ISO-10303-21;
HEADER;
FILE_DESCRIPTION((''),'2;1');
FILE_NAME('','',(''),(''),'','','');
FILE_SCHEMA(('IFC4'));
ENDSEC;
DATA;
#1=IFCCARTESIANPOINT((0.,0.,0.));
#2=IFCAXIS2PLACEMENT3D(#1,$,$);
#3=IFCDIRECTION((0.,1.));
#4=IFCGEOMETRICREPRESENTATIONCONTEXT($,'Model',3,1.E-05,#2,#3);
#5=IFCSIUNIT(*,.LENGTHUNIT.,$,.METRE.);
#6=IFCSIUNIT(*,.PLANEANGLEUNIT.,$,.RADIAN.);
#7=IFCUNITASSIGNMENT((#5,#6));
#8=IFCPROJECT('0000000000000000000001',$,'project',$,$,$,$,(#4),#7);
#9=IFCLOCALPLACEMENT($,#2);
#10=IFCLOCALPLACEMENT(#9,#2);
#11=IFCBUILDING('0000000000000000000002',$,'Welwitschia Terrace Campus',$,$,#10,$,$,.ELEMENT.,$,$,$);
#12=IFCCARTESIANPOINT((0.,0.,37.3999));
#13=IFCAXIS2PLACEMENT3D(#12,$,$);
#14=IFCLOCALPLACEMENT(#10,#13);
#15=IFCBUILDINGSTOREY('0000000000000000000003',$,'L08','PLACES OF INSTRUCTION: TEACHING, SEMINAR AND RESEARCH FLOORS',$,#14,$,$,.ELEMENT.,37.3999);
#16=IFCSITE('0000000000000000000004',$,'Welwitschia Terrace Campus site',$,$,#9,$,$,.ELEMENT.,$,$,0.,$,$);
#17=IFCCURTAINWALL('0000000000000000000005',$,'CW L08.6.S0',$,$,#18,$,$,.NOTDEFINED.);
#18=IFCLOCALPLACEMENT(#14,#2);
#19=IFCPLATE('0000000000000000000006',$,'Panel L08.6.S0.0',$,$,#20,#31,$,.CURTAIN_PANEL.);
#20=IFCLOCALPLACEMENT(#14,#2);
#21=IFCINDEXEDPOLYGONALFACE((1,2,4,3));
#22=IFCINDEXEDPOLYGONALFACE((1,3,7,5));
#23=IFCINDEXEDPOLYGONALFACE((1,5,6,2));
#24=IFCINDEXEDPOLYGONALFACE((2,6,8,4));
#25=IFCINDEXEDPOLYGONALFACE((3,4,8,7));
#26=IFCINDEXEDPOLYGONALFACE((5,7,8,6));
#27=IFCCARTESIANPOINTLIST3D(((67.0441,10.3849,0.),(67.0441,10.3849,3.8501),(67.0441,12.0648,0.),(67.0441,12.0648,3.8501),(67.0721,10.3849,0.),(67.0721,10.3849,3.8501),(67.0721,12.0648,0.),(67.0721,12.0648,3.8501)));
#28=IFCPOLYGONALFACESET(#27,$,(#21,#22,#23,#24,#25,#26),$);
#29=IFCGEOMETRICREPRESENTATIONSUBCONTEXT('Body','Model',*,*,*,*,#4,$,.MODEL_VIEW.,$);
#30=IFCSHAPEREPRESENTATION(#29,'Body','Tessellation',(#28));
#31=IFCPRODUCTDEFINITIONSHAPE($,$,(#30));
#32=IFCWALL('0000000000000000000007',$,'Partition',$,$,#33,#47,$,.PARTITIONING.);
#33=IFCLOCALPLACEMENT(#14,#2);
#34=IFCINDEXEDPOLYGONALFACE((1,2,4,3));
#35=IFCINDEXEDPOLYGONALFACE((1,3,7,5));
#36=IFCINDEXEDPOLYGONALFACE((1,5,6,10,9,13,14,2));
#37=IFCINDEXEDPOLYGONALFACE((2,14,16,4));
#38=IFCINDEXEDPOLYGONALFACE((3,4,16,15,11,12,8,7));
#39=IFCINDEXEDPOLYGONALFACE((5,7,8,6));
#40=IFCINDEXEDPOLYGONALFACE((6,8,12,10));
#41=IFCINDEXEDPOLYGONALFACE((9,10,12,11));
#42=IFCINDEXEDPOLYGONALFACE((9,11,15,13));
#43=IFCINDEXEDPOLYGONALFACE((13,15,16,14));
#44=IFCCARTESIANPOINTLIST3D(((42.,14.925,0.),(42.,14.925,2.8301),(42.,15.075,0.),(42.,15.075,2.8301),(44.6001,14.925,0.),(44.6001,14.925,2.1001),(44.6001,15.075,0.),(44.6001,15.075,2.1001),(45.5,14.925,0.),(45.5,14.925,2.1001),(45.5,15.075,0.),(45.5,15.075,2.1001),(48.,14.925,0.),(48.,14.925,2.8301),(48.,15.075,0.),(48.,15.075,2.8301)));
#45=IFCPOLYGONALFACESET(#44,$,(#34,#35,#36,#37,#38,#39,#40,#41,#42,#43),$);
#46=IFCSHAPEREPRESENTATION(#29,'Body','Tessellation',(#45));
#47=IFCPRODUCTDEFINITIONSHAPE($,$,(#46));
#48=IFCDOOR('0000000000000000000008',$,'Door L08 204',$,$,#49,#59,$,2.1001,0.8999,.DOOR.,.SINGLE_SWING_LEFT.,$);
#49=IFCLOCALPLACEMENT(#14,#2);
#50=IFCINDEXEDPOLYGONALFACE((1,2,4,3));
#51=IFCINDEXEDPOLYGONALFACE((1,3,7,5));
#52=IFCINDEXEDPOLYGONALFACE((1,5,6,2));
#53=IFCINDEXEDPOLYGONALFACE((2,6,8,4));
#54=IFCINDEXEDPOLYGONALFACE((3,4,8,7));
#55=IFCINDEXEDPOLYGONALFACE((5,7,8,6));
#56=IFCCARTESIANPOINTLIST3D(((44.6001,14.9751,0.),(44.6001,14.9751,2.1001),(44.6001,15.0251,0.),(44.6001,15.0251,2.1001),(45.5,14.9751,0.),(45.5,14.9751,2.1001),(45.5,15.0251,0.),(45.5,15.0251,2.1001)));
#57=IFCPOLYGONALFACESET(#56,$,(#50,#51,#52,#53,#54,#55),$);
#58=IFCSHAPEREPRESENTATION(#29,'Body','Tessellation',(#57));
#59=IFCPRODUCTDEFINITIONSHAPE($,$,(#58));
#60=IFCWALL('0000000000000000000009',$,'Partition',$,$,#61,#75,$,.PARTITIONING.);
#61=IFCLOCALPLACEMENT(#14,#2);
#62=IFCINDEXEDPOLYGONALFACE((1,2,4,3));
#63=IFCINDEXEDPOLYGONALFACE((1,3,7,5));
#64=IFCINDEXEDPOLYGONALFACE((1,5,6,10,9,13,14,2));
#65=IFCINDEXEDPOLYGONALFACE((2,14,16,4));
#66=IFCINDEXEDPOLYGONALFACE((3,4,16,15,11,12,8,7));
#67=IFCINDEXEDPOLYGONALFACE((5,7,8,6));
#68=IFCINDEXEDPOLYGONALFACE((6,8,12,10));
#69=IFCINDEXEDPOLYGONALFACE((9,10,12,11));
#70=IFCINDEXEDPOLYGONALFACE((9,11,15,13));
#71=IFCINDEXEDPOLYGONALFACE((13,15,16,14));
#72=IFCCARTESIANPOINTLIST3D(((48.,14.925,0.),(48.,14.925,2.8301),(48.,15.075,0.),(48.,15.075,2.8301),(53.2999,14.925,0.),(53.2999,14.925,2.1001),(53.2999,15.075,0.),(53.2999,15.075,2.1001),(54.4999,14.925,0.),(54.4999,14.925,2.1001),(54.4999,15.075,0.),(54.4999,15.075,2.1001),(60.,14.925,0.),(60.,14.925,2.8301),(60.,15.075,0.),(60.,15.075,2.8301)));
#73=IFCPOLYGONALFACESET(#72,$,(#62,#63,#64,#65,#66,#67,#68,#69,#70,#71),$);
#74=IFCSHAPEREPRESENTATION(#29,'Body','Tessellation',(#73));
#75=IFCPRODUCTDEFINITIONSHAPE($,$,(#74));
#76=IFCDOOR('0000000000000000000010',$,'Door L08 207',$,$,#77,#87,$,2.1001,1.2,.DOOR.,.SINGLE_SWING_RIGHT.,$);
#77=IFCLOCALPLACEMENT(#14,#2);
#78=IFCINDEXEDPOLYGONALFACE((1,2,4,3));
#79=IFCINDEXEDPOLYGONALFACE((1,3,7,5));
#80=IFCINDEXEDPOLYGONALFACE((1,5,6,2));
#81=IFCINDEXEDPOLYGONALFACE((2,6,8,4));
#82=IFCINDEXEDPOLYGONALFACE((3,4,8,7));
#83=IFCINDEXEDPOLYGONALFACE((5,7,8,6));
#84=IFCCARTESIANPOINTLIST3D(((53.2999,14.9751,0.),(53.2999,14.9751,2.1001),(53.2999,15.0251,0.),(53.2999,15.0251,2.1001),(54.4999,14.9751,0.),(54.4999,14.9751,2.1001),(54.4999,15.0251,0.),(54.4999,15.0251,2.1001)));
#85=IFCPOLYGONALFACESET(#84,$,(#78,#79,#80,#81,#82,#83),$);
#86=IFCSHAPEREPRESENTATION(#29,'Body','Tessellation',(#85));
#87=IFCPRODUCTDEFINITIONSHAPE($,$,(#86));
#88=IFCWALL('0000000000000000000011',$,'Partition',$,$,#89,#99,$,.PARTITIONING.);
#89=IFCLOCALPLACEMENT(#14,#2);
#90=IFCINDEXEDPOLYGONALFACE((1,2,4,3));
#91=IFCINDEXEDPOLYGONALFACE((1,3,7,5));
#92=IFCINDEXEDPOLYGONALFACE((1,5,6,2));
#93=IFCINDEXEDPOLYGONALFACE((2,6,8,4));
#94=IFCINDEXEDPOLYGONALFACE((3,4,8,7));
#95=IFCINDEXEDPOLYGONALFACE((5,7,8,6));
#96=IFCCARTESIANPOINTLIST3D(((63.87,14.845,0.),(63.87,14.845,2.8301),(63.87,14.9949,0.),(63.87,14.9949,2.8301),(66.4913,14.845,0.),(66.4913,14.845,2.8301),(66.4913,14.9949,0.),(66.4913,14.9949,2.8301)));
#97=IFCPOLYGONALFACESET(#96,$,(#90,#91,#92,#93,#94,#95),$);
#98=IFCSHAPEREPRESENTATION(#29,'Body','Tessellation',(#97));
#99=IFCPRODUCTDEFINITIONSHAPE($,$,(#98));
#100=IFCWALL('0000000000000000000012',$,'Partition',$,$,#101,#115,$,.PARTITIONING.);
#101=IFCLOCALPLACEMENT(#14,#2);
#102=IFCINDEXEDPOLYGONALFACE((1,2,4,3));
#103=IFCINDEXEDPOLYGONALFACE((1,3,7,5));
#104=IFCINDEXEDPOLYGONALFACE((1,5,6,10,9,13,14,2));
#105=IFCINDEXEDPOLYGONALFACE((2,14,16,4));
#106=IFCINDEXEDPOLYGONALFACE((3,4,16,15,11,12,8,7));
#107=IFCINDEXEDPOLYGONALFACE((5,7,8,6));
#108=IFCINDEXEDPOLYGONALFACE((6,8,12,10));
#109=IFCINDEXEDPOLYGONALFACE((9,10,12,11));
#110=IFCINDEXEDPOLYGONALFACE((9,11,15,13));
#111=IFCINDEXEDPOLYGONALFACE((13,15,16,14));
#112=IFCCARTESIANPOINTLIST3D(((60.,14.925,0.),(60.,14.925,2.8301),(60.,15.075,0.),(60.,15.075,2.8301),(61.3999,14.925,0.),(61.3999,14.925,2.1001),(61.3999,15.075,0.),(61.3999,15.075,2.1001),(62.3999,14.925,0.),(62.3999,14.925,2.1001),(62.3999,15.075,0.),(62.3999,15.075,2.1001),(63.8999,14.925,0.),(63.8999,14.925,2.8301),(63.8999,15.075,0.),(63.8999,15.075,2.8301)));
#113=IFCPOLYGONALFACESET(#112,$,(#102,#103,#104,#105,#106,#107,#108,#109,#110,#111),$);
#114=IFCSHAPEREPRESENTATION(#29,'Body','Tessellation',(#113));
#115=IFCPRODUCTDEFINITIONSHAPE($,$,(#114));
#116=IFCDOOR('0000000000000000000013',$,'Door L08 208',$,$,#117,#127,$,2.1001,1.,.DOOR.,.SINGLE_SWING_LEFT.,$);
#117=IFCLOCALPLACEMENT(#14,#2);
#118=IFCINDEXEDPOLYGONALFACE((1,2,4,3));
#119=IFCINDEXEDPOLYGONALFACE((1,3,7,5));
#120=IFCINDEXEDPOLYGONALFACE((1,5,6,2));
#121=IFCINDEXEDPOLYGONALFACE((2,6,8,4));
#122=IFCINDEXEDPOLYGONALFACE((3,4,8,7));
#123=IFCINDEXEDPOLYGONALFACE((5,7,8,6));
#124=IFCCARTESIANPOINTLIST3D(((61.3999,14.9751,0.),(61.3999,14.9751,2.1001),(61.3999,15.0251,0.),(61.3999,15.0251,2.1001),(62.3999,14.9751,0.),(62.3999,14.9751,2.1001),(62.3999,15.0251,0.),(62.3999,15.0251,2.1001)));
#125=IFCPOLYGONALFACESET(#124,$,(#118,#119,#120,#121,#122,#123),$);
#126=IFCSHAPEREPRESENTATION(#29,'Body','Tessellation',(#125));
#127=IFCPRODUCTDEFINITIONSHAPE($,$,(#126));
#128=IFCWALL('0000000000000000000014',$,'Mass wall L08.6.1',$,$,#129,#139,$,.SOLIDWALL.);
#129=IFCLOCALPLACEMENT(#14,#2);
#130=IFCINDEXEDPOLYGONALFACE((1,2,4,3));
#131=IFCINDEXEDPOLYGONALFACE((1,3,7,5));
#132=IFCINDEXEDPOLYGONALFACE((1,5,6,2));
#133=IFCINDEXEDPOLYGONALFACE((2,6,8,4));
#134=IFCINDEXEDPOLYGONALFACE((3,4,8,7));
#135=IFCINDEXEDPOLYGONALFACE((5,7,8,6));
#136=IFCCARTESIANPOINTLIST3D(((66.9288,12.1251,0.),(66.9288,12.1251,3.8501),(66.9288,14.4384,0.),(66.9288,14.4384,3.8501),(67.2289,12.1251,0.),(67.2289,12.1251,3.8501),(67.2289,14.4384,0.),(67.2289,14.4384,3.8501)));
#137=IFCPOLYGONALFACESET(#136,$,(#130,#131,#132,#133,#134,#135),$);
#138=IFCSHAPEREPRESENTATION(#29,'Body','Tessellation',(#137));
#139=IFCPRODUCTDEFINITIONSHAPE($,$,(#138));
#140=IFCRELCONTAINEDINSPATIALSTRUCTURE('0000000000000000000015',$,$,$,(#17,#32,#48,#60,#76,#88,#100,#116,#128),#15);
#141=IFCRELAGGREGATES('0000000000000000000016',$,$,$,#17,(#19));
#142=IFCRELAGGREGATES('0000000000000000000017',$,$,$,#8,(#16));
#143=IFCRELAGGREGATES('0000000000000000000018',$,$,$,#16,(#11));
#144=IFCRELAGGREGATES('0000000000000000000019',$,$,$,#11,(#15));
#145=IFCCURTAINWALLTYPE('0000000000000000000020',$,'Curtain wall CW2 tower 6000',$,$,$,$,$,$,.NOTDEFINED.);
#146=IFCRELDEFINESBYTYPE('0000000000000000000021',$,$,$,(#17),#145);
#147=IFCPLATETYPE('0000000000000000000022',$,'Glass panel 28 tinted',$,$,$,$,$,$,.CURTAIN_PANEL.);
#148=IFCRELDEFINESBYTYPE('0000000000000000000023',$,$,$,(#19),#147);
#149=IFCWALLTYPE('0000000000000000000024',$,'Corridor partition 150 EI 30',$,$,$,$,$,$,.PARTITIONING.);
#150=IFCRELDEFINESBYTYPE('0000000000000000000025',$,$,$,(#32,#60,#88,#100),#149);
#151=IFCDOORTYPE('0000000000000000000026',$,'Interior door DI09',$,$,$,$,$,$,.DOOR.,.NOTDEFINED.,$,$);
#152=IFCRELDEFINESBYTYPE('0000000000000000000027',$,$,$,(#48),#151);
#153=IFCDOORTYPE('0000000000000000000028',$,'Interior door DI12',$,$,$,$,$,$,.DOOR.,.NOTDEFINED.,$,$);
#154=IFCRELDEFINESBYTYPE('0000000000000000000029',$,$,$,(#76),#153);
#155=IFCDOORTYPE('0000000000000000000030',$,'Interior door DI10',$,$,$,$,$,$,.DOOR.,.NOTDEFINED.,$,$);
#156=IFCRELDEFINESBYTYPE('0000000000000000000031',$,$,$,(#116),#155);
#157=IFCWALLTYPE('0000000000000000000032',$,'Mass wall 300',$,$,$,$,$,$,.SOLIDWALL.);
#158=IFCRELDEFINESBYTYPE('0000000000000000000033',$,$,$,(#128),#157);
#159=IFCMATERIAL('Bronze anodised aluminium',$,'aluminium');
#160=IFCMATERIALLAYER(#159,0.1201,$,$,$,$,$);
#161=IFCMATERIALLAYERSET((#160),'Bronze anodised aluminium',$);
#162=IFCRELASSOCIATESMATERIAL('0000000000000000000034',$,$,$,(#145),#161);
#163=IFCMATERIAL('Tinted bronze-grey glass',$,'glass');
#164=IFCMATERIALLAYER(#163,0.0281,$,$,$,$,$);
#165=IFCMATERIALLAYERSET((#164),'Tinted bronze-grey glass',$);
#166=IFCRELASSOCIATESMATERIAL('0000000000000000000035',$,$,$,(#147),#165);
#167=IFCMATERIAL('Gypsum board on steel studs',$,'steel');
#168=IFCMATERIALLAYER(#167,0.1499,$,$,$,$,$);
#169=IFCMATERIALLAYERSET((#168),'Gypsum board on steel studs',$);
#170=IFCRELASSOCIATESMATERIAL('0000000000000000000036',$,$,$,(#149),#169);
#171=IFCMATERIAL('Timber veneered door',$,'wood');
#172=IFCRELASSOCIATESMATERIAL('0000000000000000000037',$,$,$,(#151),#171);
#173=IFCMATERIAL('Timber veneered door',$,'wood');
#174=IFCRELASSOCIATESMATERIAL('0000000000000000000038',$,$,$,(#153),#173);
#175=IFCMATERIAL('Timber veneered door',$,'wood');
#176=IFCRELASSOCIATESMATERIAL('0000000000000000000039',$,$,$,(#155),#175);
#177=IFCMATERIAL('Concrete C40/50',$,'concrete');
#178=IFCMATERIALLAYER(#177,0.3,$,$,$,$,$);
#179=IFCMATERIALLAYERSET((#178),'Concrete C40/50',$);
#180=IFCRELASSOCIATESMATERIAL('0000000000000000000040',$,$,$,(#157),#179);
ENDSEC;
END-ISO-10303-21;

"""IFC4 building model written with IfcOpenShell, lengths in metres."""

from ifc_helpers import new_model, si_unit, direction, frame, frame_2d, origin, origin_2d, place, context, subcontext, project, spatial, rectangle, extrude, material, layer, layer_set, type_object, element, fill, aggregate, save


model = new_model("IFC4")

# Units and contexts
model_context = context("Model", 3, precision=1e-05, world=origin(), true_north=direction((0.0, 1.0)))
body_context = subcontext(model_context, "Body", "Model", "MODEL_VIEW")
ifc_project = project(units=[si_unit("LENGTHUNIT", "METRE"), si_unit("PLANEANGLEUNIT", "RADIAN")], contexts=[model_context])

# Site, building, storey
site_placement = place(None, origin())
site = spatial("IfcSite", under=ifc_project, at=site_placement, Name="Welwitschia Terrace Campus site", CompositionType="ELEMENT", RefElevation=0.0)
building_placement = place(site_placement, origin())
building = spatial("IfcBuilding", under=site, at=building_placement, Name="Welwitschia Terrace Campus", CompositionType="ELEMENT")
storey_placement = place(building_placement, frame((0.0, 0.0, 37.3999)))
storey = spatial("IfcBuildingStorey", under=building, at=storey_placement, Name="L08", Description="PLACES OF INSTRUCTION: TEACHING, SEMINAR AND RESEARCH FLOORS", CompositionType="ELEMENT", Elevation=37.3999)

# Curtain wall
ifc_material_1 = material(Name="Bronze anodised aluminium", Category="aluminium")
ifc_layer_1 = layer(ifc_material_1, 0.1201)
ifc_layer_set_1 = layer_set([ifc_layer_1], Name="Bronze anodised aluminium")
curtain_wall_type = type_object("IfcCurtainWallType", Name="Curtain wall CW2 tower 6000", PredefinedType="NOTDEFINED", material=ifc_layer_set_1)
curtain_wall_1_placement = place(storey_placement, origin())
curtain_wall_1 = element("IfcCurtainWall", 1, at=curtain_wall_1_placement, inside=storey, type_object=curtain_wall_type, Name="CW L08.6.S0", PredefinedType="NOTDEFINED")

# Plate
ifc_material_2 = material(Name="Tinted bronze-grey glass", Category="glass")
ifc_layer_2 = layer(ifc_material_2, 0.0281)
ifc_layer_set_2 = layer_set([ifc_layer_2], Name="Tinted bronze-grey glass")
plate_type = type_object("IfcPlateType", Name="Glass panel 28 tinted", PredefinedType="CURTAIN_PANEL", material=ifc_layer_set_2)
plate_placement = place(storey_placement, frame((67.0581, 11.2249, 0.0), z_axis=(0.0, 0.0, 1.0), x_axis=(0.0, 1.0, 0.0)))
plate = element("IfcPlate", 2, at=plate_placement, type_object=plate_type, Name="Panel L08.6.S0.0", PredefinedType="CURTAIN_PANEL", context=body_context, shape_type="SweptSolid", body=[
    extrude(rectangle(XDim=1.6799, YDim=0.0281, at=origin_2d()), origin(), (0.0, 0.0, 1.0), 3.8501),
])
aggregate(curtain_wall_1, [plate])

# Walls, openings, doors
ifc_material_3 = material(Name="Gypsum board on steel studs", Category="steel")
ifc_layer_3 = layer(ifc_material_3, 0.1499)
ifc_layer_set_3 = layer_set([ifc_layer_3], Name="Gypsum board on steel studs")
wall_type_1 = type_object("IfcWallType", Name="Corridor partition 150 EI 30", PredefinedType="PARTITIONING", material=ifc_layer_set_3)
wall_1_placement = place(storey_placement, frame((48.0, 15.0, 0.0), z_axis=(0.0, 0.0, 1.0), x_axis=(-1.0, 0.0, 0.0)))
wall_1 = element("IfcWall", 3, at=wall_1_placement, inside=storey, type_object=wall_type_1, Name="Partition", PredefinedType="PARTITIONING", context=body_context, shape_type="SweptSolid", body=[
    extrude(rectangle(XDim=6.0, YDim=0.1499, at=frame_2d((3.0, 0.0))), origin(), (0.0, 0.0, 1.0), 2.8301),
])
opening_1_placement = place(wall_1_placement, frame((2.5, 0.0, 0.0)))
opening_1 = element("IfcOpeningElement", 4, at=opening_1_placement, cuts=wall_1, PredefinedType="OPENING", context=body_context, shape_type="SweptSolid", body=[
    extrude(rectangle(XDim=0.8999, YDim=2.1001, at=frame_2d((0.45, 1.05))), frame((0.0, 0.085, 0.0), z_axis=(0.0, -1.0, 0.0), x_axis=(1.0, 0.0, 0.0)), (0.0, 0.0, 1.0), 0.1699),
])
ifc_material_4 = material(Name="Timber veneered door", Category="wood")
door_type_1 = type_object("IfcDoorType", Name="Interior door DI09", OperationType="NOTDEFINED", PredefinedType="DOOR", material=ifc_material_4)
door_1_placement = place(opening_1_placement, origin())
door_1 = element("IfcDoor", 5, at=door_1_placement, inside=storey, type_object=door_type_1, Name="Door L08 204", OperationType="SINGLE_SWING_LEFT", OverallHeight=2.1001, OverallWidth=0.8999, PredefinedType="DOOR", context=body_context, shape_type="SweptSolid", body=[
    extrude(rectangle(XDim=0.8999, YDim=2.1001, at=frame_2d((0.45, 1.05))), frame((0.0, 0.0249, 0.0), z_axis=(0.0, -1.0, 0.0), x_axis=(1.0, 0.0, 0.0)), (0.0, 0.0, 1.0), 0.05),
])
fill(opening_1, door_1)
wall_2_placement = place(storey_placement, frame((60.0, 15.0, 0.0), z_axis=(0.0, 0.0, 1.0), x_axis=(-1.0, 0.0, 0.0)))
wall_2 = element("IfcWall", 6, at=wall_2_placement, inside=storey, type_object=wall_type_1, Name="Partition", PredefinedType="PARTITIONING", context=body_context, shape_type="SweptSolid", body=[
    extrude(rectangle(XDim=12.0, YDim=0.1499, at=frame_2d((6.0, 0.0))), origin(), (0.0, 0.0, 1.0), 2.8301),
])
opening_2_placement = place(wall_2_placement, frame((5.5, 0.0, 0.0)))
opening_2 = element("IfcOpeningElement", 7, at=opening_2_placement, cuts=wall_2, PredefinedType="OPENING", context=body_context, shape_type="SweptSolid", body=[
    extrude(rectangle(XDim=1.2, YDim=2.1001, at=frame_2d((0.6001, 1.05))), frame((0.0, 0.085, 0.0), z_axis=(0.0, -1.0, 0.0), x_axis=(1.0, 0.0, 0.0)), (0.0, 0.0, 1.0), 0.1699),
])
ifc_material_5 = material(Name="Timber veneered door", Category="wood")
door_type_2 = type_object("IfcDoorType", Name="Interior door DI12", OperationType="NOTDEFINED", PredefinedType="DOOR", material=ifc_material_5)
door_2_placement = place(opening_2_placement, origin())
door_2 = element("IfcDoor", 8, at=door_2_placement, inside=storey, type_object=door_type_2, Name="Door L08 207", OperationType="SINGLE_SWING_RIGHT", OverallHeight=2.1001, OverallWidth=1.2, PredefinedType="DOOR", context=body_context, shape_type="SweptSolid", body=[
    extrude(rectangle(XDim=1.2, YDim=2.1001, at=frame_2d((0.6001, 1.05))), frame((0.0, 0.0249, 0.0), z_axis=(0.0, -1.0, 0.0), x_axis=(1.0, 0.0, 0.0)), (0.0, 0.0, 1.0), 0.05),
])
fill(opening_2, door_2)

# Wall
wall_3_placement = place(storey_placement, frame((63.8701, 14.9199, 0.0), z_axis=(0.0, 0.0, 1.0), x_axis=(1.0, 0.0, 0.0)))
element("IfcWall", 9, at=wall_3_placement, inside=storey, type_object=wall_type_1, Name="Partition", PredefinedType="PARTITIONING", context=body_context, shape_type="SweptSolid", body=[
    extrude(rectangle(XDim=2.6213, YDim=0.1499, at=frame_2d((1.3105, 0.0))), origin(), (0.0, 0.0, 1.0), 2.8301),
])

# Wall, opening, door
wall_4_placement = place(storey_placement, frame((63.8999, 15.0, 0.0), z_axis=(0.0, 0.0, 1.0), x_axis=(-1.0, 0.0, 0.0)))
wall_4 = element("IfcWall", 10, at=wall_4_placement, inside=storey, type_object=wall_type_1, Name="Partition", PredefinedType="PARTITIONING", context=body_context, shape_type="SweptSolid", body=[
    extrude(rectangle(XDim=3.8999, YDim=0.1499, at=frame_2d((1.95, 0.0))), origin(), (0.0, 0.0, 1.0), 2.8301),
])
opening_3_placement = place(wall_4_placement, frame((1.5, 0.0, 0.0)))
opening_3 = element("IfcOpeningElement", 11, at=opening_3_placement, cuts=wall_4, PredefinedType="OPENING", context=body_context, shape_type="SweptSolid", body=[
    extrude(rectangle(XDim=1.0, YDim=2.1001, at=frame_2d((0.5, 1.05))), frame((0.0, 0.085, 0.0), z_axis=(0.0, -1.0, 0.0), x_axis=(1.0, 0.0, 0.0)), (0.0, 0.0, 1.0), 0.1699),
])
ifc_material_6 = material(Name="Timber veneered door", Category="wood")
door_type_3 = type_object("IfcDoorType", Name="Interior door DI10", OperationType="NOTDEFINED", PredefinedType="DOOR", material=ifc_material_6)
door_3_placement = place(opening_3_placement, origin())
door_3 = element("IfcDoor", 12, at=door_3_placement, inside=storey, type_object=door_type_3, Name="Door L08 208", OperationType="SINGLE_SWING_LEFT", OverallHeight=2.1001, OverallWidth=1.0, PredefinedType="DOOR", context=body_context, shape_type="SweptSolid", body=[
    extrude(rectangle(XDim=1.0, YDim=2.1001, at=frame_2d((0.5, 1.05))), frame((0.0, 0.0249, 0.0), z_axis=(0.0, -1.0, 0.0), x_axis=(1.0, 0.0, 0.0)), (0.0, 0.0, 1.0), 0.05),
])
fill(opening_3, door_3)

# Wall
ifc_material_7 = material(Name="Concrete C40/50", Category="concrete")
ifc_layer_4 = layer(ifc_material_7, 0.3)
ifc_layer_set_4 = layer_set([ifc_layer_4], Name="Concrete C40/50")
wall_type_2 = type_object("IfcWallType", Name="Mass wall 300", PredefinedType="SOLIDWALL", material=ifc_layer_set_4)
wall_5_placement = place(storey_placement, frame((67.0789, 12.125, 0.0), z_axis=(0.0, 0.0, 1.0), x_axis=(0.0, 1.0, 0.0)))
element("IfcWall", 13, at=wall_5_placement, inside=storey, type_object=wall_type_2, Name="Mass wall L08.6.1", PredefinedType="SOLIDWALL", context=body_context, shape_type="SweptSolid", body=[
    extrude(rectangle(XDim=2.3132, YDim=0.3, at=frame_2d((1.1567, 0.0))), origin(), (0.0, 0.0, 1.0), 3.8501),
])

save(model, "model.ifc")
